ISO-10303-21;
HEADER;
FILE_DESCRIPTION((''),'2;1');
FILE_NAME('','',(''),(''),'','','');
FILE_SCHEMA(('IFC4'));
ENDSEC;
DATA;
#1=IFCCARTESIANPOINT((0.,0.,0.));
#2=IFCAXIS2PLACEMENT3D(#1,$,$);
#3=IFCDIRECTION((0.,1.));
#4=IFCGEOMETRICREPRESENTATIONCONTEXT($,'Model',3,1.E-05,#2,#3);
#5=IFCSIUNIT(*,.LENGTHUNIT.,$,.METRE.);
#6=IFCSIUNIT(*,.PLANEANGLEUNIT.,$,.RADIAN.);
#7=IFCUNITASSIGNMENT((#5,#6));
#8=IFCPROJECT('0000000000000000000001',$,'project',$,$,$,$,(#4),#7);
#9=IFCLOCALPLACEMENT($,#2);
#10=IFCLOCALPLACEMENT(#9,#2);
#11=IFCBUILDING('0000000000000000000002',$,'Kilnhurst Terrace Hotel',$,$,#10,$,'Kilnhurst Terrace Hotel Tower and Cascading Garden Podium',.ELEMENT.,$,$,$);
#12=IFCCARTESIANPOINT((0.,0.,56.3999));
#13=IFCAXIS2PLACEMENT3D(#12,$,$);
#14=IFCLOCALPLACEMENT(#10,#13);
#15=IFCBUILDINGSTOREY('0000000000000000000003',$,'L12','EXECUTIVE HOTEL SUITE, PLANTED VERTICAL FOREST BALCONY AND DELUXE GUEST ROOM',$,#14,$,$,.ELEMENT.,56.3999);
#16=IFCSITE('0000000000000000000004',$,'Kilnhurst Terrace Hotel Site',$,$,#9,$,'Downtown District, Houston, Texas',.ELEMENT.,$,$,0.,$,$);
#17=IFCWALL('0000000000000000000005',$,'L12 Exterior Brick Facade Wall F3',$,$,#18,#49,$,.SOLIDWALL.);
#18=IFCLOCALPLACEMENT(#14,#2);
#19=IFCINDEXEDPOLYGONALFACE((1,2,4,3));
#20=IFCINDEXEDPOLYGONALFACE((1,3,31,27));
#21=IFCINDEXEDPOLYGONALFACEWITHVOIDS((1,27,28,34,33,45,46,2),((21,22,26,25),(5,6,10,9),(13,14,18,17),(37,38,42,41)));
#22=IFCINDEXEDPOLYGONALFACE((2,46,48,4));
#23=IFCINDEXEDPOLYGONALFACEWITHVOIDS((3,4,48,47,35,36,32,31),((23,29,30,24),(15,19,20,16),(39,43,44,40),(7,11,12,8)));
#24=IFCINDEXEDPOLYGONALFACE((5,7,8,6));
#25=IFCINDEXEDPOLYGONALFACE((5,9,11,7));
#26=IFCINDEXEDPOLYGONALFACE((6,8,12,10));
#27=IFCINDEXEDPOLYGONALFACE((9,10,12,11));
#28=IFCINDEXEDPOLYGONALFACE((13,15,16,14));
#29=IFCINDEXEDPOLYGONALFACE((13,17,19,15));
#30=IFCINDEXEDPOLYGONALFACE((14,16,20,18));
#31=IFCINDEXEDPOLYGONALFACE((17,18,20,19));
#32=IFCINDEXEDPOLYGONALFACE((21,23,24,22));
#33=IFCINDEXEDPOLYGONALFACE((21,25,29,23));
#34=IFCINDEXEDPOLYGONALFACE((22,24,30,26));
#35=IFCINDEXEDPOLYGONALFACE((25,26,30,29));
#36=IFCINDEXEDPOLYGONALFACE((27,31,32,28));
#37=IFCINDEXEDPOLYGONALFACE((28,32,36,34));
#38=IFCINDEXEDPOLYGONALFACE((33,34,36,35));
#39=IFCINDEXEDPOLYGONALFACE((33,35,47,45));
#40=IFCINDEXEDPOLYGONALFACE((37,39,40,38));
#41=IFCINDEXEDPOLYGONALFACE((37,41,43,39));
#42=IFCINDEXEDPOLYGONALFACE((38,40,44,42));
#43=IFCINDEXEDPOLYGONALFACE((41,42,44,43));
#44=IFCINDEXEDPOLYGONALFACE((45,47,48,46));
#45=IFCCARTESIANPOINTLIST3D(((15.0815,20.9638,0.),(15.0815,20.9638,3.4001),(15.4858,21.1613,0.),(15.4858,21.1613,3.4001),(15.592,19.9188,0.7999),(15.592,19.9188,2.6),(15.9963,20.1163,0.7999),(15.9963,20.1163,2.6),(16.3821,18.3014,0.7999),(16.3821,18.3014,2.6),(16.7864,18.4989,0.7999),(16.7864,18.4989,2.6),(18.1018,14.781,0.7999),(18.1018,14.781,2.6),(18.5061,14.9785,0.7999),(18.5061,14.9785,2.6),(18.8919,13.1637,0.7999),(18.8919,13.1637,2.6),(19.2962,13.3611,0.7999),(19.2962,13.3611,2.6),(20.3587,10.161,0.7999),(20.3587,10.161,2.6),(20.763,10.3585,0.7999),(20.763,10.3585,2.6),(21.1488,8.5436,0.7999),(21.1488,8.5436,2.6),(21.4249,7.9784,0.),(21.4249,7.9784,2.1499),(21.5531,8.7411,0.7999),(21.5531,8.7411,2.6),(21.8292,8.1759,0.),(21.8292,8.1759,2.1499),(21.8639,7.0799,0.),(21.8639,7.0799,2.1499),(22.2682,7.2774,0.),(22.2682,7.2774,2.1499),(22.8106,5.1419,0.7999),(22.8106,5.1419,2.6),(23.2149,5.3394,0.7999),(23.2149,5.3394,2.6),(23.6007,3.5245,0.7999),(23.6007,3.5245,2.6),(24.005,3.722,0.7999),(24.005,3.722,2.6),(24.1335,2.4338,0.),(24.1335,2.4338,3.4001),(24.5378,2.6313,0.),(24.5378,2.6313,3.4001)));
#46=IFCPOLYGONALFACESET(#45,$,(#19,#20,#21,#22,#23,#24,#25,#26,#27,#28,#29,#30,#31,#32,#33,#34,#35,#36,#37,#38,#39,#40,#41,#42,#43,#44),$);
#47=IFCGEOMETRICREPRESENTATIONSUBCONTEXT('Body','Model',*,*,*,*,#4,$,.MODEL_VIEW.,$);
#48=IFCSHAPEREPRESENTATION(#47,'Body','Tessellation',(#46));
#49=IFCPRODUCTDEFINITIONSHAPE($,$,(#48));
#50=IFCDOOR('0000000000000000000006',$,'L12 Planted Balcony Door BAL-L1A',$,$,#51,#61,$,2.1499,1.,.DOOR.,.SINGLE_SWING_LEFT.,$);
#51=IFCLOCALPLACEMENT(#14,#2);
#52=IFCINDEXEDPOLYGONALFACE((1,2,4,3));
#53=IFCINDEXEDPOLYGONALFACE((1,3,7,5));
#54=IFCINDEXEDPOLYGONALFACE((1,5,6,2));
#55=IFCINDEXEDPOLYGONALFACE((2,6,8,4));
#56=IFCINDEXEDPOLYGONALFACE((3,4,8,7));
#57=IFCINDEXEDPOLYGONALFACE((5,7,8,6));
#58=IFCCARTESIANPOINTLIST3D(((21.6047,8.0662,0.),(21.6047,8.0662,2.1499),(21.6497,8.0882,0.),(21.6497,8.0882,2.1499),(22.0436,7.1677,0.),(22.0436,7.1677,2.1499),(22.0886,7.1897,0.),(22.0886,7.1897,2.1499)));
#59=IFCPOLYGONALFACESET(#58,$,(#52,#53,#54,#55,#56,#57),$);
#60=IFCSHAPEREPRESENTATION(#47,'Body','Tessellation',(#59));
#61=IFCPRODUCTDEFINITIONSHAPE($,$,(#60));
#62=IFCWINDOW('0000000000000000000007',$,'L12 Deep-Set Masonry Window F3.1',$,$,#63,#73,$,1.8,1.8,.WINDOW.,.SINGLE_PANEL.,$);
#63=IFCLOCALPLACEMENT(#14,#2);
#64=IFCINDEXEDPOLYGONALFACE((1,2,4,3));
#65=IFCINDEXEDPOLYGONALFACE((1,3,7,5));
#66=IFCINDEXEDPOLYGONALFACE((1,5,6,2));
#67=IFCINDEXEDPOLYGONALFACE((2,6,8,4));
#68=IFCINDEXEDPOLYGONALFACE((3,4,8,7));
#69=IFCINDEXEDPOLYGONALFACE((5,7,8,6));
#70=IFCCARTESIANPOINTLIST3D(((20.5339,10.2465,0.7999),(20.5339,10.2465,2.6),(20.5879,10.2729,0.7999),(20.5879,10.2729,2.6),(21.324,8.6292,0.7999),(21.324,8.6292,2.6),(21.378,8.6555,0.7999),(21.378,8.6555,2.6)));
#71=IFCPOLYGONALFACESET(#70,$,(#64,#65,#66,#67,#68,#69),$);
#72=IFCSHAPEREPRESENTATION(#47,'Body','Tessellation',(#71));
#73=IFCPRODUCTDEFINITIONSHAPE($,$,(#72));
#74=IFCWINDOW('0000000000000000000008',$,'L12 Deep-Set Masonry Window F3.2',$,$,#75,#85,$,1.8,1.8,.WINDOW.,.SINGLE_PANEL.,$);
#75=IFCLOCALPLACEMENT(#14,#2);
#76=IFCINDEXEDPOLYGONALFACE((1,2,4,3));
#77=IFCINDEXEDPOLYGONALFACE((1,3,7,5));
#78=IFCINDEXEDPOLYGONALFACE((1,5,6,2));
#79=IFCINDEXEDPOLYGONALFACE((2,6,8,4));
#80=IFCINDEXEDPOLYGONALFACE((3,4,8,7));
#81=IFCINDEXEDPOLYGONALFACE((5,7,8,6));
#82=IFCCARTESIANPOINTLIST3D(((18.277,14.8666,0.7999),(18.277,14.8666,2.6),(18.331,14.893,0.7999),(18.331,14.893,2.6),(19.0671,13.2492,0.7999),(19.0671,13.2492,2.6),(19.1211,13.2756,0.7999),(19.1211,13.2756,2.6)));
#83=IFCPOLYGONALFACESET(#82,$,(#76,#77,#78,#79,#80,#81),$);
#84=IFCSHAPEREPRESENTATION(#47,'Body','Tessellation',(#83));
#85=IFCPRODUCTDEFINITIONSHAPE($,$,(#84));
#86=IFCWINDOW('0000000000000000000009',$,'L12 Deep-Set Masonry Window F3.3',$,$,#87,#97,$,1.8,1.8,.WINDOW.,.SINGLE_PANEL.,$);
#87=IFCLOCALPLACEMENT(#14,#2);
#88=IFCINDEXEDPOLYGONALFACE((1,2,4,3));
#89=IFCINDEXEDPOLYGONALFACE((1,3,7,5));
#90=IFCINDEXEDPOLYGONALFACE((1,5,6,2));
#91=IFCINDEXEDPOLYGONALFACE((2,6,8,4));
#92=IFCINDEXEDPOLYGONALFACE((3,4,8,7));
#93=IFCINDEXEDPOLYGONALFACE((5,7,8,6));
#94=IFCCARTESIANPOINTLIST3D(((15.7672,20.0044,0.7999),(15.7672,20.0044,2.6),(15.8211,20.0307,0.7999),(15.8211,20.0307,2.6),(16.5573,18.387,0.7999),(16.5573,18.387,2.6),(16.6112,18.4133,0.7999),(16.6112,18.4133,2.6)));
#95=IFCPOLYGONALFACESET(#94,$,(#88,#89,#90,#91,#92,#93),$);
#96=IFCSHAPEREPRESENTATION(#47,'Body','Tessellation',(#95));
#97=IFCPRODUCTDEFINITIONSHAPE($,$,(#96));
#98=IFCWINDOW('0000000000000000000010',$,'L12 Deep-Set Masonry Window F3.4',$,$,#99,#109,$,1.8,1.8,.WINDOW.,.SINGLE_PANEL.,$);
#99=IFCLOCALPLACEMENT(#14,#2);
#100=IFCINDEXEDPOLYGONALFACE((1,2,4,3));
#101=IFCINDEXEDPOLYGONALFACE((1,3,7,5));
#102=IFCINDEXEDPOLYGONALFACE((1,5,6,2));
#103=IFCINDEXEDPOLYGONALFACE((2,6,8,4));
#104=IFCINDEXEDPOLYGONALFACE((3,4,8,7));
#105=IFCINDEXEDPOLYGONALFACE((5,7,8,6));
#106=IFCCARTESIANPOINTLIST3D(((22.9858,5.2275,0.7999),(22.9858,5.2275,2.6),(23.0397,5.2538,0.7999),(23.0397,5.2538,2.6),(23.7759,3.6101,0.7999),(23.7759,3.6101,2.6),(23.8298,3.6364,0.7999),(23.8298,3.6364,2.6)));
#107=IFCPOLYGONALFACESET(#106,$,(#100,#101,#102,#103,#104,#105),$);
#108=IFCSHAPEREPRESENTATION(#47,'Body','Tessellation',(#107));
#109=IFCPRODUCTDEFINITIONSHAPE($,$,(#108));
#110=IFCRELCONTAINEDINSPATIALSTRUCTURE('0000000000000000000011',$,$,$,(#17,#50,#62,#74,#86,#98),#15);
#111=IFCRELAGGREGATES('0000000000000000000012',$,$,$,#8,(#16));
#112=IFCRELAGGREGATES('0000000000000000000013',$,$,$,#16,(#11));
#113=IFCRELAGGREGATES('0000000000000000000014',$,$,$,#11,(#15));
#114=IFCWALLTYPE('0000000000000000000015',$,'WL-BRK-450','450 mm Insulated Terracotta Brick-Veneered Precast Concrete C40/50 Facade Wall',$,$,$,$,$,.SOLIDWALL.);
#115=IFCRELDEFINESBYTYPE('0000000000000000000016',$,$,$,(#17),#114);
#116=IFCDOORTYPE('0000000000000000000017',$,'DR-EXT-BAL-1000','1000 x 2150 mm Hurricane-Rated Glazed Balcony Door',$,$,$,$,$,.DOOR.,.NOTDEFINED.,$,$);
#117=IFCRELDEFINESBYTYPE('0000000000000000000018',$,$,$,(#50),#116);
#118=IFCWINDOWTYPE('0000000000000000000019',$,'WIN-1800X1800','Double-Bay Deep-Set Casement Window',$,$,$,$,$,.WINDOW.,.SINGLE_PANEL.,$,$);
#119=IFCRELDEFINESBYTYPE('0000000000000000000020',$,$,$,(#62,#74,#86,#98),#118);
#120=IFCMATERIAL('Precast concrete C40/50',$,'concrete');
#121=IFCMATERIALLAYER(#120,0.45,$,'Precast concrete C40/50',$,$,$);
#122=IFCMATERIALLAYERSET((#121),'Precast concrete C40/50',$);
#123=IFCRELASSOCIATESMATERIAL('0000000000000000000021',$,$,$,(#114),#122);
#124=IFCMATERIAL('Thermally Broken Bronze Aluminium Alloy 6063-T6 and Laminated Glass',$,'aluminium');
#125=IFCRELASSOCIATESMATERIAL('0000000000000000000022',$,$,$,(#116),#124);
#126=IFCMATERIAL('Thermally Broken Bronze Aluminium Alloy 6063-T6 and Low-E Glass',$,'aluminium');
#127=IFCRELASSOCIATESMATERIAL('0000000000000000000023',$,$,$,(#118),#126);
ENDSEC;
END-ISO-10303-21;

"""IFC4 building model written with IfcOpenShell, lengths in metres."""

from ifc_helpers import new_model, si_unit, direction, frame, frame_2d, origin, place, context, subcontext, project, spatial, rectangle, extrude, material, layer, layer_set, type_object, element, fill, save


model = new_model("IFC4")

# Units and contexts
model_context = context("Model", 3, precision=1e-05, world=origin(), true_north=direction((0.0, 1.0)))
body_context = subcontext(model_context, "Body", "Model", "MODEL_VIEW")
ifc_project = project(units=[si_unit("LENGTHUNIT", "METRE"), si_unit("PLANEANGLEUNIT", "RADIAN")], contexts=[model_context])

# Site, building, storey
site_placement = place(None, origin())
site = spatial("IfcSite", under=ifc_project, at=site_placement, Name="Kilnhurst Terrace Hotel Site", LongName="Downtown District, Houston, Texas", CompositionType="ELEMENT", RefElevation=0.0)
building_placement = place(site_placement, origin())
building = spatial("IfcBuilding", under=site, at=building_placement, Name="Kilnhurst Terrace Hotel", LongName="Kilnhurst Terrace Hotel Tower and Cascading Garden Podium", CompositionType="ELEMENT")
storey_placement = place(building_placement, frame((0.0, 0.0, 56.3999)))
storey = spatial("IfcBuildingStorey", under=building, at=storey_placement, Name="L12", Description="EXECUTIVE HOTEL SUITE, PLANTED VERTICAL FOREST BALCONY AND DELUXE GUEST ROOM", CompositionType="ELEMENT", Elevation=56.3999)

# Shared definitions
ifc_material_1 = material(Name="Precast concrete C40/50", Category="concrete")
ifc_layer_1 = layer(ifc_material_1, 0.45, Name="Precast concrete C40/50")
ifc_layer_set_1 = layer_set([ifc_layer_1], Name="Precast concrete C40/50")
wall_type_1 = type_object("IfcWallType", Name="WL-BRK-450", Description="450 mm Insulated Terracotta Brick-Veneered Precast Concrete C40/50 Facade Wall", PredefinedType="SOLIDWALL", material=ifc_layer_set_1)

# Wall, openings, door, windows
wall_1_placement = place(storey_placement, frame((24.3357, 2.5325, 0.0), z_axis=(0.0, 0.0, 1.0), x_axis=(-0.438931, 0.898521, 0.0)))
wall_1 = element("IfcWall", 1, at=wall_1_placement, inside=storey, type_object=wall_type_1, Name="L12 Exterior Brick Facade Wall F3", PredefinedType="SOLIDWALL", context=body_context, shape_type="SweptSolid", body=[
    extrude(rectangle(XDim=20.6228, YDim=0.45, at=frame_2d((10.3115, 0.0))), origin(), (0.0, 0.0, 1.0), 3.4001),
])
opening_1_placement = place(wall_1_placement, frame((5.1709, 0.0, 0.0)))
opening_1 = element("IfcOpeningElement", 2, at=opening_1_placement, cuts=wall_1, PredefinedType="OPENING", context=body_context, shape_type="SweptSolid", body=[
    extrude(rectangle(XDim=1.0, YDim=2.1499, at=frame_2d((0.5, 1.075))), frame((0.0, 0.2349, 0.0), z_axis=(0.0, -1.0, 0.0), x_axis=(1.0, 0.0, 0.0)), (0.0, 0.0, 1.0), 0.47),
])
opening_2_placement = place(wall_1_placement, frame((6.8, 0.0, 0.8)))
opening_2 = element("IfcOpeningElement", 3, at=opening_2_placement, cuts=wall_1, PredefinedType="OPENING", context=body_context, shape_type="SweptSolid", body=[
    extrude(rectangle(XDim=1.8, YDim=1.8, at=frame_2d((0.8999, 0.8999))), frame((0.0, 0.2349, 0.0), z_axis=(0.0, -1.0, 0.0), x_axis=(1.0, 0.0, 0.0)), (0.0, 0.0, 1.0), 0.47),
])
opening_3_placement = place(wall_1_placement, frame((11.9419, 0.0, 0.8)))
opening_3 = element("IfcOpeningElement", 4, at=opening_3_placement, cuts=wall_1, PredefinedType="OPENING", context=body_context, shape_type="SweptSolid", body=[
    extrude(rectangle(XDim=1.8, YDim=1.8, at=frame_2d((0.8999, 0.8999))), frame((0.0, 0.2349, 0.0), z_axis=(0.0, -1.0, 0.0), x_axis=(1.0, 0.0, 0.0)), (0.0, 0.0, 1.0), 0.47),
])
opening_4_placement = place(wall_1_placement, frame((17.6599, 0.0, 0.8)))
opening_4 = element("IfcOpeningElement", 5, at=opening_4_placement, cuts=wall_1, PredefinedType="OPENING", context=body_context, shape_type="SweptSolid", body=[
    extrude(rectangle(XDim=1.8, YDim=1.8, at=frame_2d((0.8999, 0.8999))), frame((0.0, 0.2349, 0.0), z_axis=(0.0, -1.0, 0.0), x_axis=(1.0, 0.0, 0.0)), (0.0, 0.0, 1.0), 0.47),
])
opening_5_placement = place(wall_1_placement, frame((1.2141, 0.0, 0.8)))
opening_5 = element("IfcOpeningElement", 6, at=opening_5_placement, cuts=wall_1, PredefinedType="OPENING", context=body_context, shape_type="SweptSolid", body=[
    extrude(rectangle(XDim=1.8, YDim=1.8, at=frame_2d((0.8999, 0.8999))), frame((0.0, 0.2349, 0.0), z_axis=(0.0, -1.0, 0.0), x_axis=(1.0, 0.0, 0.0)), (0.0, 0.0, 1.0), 0.47),
])
ifc_material_2 = material(Name="Thermally Broken Bronze Aluminium Alloy 6063-T6 and Laminated Glass", Category="aluminium")
door_type_1 = type_object("IfcDoorType", Name="DR-EXT-BAL-1000", Description="1000 x 2150 mm Hurricane-Rated Glazed Balcony Door", OperationType="NOTDEFINED", PredefinedType="DOOR", material=ifc_material_2)
door_1_placement = place(opening_1_placement, origin())
door_1 = element("IfcDoor", 7, at=door_1_placement, inside=storey, type_object=door_type_1, Name="L12 Planted Balcony Door BAL-L1A", OperationType="SINGLE_SWING_LEFT", OverallHeight=2.1499, OverallWidth=1.0, PredefinedType="DOOR", context=body_context, shape_type="SweptSolid", body=[
    extrude(rectangle(XDim=1.0, YDim=2.1499, at=frame_2d((0.5, 1.075))), frame((0.0, 0.0249, 0.0), z_axis=(0.0, -1.0, 0.0), x_axis=(1.0, 0.0, 0.0)), (0.0, 0.0, 1.0), 0.05),
])
fill(opening_1, door_1)
ifc_material_3 = material(Name="Thermally Broken Bronze Aluminium Alloy 6063-T6 and Low-E Glass", Category="aluminium")
window_type = type_object("IfcWindowType", Name="WIN-1800X1800", Description="Double-Bay Deep-Set Casement Window", PartitioningType="SINGLE_PANEL", PredefinedType="WINDOW", material=ifc_material_3)
window_1_placement = place(opening_2_placement, origin())
window_1 = element("IfcWindow", 8, at=window_1_placement, inside=storey, type_object=window_type, Name="L12 Deep-Set Masonry Window F3.1", OverallHeight=1.8, OverallWidth=1.8, PartitioningType="SINGLE_PANEL", PredefinedType="WINDOW", context=body_context, shape_type="SweptSolid", body=[
    extrude(rectangle(XDim=1.8, YDim=1.8, at=frame_2d((0.8999, 0.8999))), frame((0.0, 0.03, 0.0), z_axis=(0.0, -1.0, 0.0), x_axis=(1.0, 0.0, 0.0)), (0.0, 0.0, 1.0), 0.0601),
])
fill(opening_2, window_1)
window_2_placement = place(opening_3_placement, origin())
window_2 = element("IfcWindow", 9, at=window_2_placement, inside=storey, type_object=window_type, Name="L12 Deep-Set Masonry Window F3.2", OverallHeight=1.8, OverallWidth=1.8, PartitioningType="SINGLE_PANEL", PredefinedType="WINDOW", context=body_context, shape_type="SweptSolid", body=[
    extrude(rectangle(XDim=1.8, YDim=1.8, at=frame_2d((0.8999, 0.8999))), frame((0.0, 0.03, 0.0), z_axis=(0.0, -1.0, 0.0), x_axis=(1.0, 0.0, 0.0)), (0.0, 0.0, 1.0), 0.0601),
])
fill(opening_3, window_2)
window_3_placement = place(opening_4_placement, origin())
window_3 = element("IfcWindow", 10, at=window_3_placement, inside=storey, type_object=window_type, Name="L12 Deep-Set Masonry Window F3.3", OverallHeight=1.8, OverallWidth=1.8, PartitioningType="SINGLE_PANEL", PredefinedType="WINDOW", context=body_context, shape_type="SweptSolid", body=[
    extrude(rectangle(XDim=1.8, YDim=1.8, at=frame_2d((0.8999, 0.8999))), frame((0.0, 0.03, 0.0), z_axis=(0.0, -1.0, 0.0), x_axis=(1.0, 0.0, 0.0)), (0.0, 0.0, 1.0), 0.0601),
])
fill(opening_4, window_3)
window_4_placement = place(opening_5_placement, origin())
window_4 = element("IfcWindow", 11, at=window_4_placement, inside=storey, type_object=window_type, Name="L12 Deep-Set Masonry Window F3.4", OverallHeight=1.8, OverallWidth=1.8, PartitioningType="SINGLE_PANEL", PredefinedType="WINDOW", context=body_context, shape_type="SweptSolid", body=[
    extrude(rectangle(XDim=1.8, YDim=1.8, at=frame_2d((0.8999, 0.8999))), frame((0.0, 0.03, 0.0), z_axis=(0.0, -1.0, 0.0), x_axis=(1.0, 0.0, 0.0)), (0.0, 0.0, 1.0), 0.0601),
])
fill(opening_5, window_4)

save(model, "model.ifc")
